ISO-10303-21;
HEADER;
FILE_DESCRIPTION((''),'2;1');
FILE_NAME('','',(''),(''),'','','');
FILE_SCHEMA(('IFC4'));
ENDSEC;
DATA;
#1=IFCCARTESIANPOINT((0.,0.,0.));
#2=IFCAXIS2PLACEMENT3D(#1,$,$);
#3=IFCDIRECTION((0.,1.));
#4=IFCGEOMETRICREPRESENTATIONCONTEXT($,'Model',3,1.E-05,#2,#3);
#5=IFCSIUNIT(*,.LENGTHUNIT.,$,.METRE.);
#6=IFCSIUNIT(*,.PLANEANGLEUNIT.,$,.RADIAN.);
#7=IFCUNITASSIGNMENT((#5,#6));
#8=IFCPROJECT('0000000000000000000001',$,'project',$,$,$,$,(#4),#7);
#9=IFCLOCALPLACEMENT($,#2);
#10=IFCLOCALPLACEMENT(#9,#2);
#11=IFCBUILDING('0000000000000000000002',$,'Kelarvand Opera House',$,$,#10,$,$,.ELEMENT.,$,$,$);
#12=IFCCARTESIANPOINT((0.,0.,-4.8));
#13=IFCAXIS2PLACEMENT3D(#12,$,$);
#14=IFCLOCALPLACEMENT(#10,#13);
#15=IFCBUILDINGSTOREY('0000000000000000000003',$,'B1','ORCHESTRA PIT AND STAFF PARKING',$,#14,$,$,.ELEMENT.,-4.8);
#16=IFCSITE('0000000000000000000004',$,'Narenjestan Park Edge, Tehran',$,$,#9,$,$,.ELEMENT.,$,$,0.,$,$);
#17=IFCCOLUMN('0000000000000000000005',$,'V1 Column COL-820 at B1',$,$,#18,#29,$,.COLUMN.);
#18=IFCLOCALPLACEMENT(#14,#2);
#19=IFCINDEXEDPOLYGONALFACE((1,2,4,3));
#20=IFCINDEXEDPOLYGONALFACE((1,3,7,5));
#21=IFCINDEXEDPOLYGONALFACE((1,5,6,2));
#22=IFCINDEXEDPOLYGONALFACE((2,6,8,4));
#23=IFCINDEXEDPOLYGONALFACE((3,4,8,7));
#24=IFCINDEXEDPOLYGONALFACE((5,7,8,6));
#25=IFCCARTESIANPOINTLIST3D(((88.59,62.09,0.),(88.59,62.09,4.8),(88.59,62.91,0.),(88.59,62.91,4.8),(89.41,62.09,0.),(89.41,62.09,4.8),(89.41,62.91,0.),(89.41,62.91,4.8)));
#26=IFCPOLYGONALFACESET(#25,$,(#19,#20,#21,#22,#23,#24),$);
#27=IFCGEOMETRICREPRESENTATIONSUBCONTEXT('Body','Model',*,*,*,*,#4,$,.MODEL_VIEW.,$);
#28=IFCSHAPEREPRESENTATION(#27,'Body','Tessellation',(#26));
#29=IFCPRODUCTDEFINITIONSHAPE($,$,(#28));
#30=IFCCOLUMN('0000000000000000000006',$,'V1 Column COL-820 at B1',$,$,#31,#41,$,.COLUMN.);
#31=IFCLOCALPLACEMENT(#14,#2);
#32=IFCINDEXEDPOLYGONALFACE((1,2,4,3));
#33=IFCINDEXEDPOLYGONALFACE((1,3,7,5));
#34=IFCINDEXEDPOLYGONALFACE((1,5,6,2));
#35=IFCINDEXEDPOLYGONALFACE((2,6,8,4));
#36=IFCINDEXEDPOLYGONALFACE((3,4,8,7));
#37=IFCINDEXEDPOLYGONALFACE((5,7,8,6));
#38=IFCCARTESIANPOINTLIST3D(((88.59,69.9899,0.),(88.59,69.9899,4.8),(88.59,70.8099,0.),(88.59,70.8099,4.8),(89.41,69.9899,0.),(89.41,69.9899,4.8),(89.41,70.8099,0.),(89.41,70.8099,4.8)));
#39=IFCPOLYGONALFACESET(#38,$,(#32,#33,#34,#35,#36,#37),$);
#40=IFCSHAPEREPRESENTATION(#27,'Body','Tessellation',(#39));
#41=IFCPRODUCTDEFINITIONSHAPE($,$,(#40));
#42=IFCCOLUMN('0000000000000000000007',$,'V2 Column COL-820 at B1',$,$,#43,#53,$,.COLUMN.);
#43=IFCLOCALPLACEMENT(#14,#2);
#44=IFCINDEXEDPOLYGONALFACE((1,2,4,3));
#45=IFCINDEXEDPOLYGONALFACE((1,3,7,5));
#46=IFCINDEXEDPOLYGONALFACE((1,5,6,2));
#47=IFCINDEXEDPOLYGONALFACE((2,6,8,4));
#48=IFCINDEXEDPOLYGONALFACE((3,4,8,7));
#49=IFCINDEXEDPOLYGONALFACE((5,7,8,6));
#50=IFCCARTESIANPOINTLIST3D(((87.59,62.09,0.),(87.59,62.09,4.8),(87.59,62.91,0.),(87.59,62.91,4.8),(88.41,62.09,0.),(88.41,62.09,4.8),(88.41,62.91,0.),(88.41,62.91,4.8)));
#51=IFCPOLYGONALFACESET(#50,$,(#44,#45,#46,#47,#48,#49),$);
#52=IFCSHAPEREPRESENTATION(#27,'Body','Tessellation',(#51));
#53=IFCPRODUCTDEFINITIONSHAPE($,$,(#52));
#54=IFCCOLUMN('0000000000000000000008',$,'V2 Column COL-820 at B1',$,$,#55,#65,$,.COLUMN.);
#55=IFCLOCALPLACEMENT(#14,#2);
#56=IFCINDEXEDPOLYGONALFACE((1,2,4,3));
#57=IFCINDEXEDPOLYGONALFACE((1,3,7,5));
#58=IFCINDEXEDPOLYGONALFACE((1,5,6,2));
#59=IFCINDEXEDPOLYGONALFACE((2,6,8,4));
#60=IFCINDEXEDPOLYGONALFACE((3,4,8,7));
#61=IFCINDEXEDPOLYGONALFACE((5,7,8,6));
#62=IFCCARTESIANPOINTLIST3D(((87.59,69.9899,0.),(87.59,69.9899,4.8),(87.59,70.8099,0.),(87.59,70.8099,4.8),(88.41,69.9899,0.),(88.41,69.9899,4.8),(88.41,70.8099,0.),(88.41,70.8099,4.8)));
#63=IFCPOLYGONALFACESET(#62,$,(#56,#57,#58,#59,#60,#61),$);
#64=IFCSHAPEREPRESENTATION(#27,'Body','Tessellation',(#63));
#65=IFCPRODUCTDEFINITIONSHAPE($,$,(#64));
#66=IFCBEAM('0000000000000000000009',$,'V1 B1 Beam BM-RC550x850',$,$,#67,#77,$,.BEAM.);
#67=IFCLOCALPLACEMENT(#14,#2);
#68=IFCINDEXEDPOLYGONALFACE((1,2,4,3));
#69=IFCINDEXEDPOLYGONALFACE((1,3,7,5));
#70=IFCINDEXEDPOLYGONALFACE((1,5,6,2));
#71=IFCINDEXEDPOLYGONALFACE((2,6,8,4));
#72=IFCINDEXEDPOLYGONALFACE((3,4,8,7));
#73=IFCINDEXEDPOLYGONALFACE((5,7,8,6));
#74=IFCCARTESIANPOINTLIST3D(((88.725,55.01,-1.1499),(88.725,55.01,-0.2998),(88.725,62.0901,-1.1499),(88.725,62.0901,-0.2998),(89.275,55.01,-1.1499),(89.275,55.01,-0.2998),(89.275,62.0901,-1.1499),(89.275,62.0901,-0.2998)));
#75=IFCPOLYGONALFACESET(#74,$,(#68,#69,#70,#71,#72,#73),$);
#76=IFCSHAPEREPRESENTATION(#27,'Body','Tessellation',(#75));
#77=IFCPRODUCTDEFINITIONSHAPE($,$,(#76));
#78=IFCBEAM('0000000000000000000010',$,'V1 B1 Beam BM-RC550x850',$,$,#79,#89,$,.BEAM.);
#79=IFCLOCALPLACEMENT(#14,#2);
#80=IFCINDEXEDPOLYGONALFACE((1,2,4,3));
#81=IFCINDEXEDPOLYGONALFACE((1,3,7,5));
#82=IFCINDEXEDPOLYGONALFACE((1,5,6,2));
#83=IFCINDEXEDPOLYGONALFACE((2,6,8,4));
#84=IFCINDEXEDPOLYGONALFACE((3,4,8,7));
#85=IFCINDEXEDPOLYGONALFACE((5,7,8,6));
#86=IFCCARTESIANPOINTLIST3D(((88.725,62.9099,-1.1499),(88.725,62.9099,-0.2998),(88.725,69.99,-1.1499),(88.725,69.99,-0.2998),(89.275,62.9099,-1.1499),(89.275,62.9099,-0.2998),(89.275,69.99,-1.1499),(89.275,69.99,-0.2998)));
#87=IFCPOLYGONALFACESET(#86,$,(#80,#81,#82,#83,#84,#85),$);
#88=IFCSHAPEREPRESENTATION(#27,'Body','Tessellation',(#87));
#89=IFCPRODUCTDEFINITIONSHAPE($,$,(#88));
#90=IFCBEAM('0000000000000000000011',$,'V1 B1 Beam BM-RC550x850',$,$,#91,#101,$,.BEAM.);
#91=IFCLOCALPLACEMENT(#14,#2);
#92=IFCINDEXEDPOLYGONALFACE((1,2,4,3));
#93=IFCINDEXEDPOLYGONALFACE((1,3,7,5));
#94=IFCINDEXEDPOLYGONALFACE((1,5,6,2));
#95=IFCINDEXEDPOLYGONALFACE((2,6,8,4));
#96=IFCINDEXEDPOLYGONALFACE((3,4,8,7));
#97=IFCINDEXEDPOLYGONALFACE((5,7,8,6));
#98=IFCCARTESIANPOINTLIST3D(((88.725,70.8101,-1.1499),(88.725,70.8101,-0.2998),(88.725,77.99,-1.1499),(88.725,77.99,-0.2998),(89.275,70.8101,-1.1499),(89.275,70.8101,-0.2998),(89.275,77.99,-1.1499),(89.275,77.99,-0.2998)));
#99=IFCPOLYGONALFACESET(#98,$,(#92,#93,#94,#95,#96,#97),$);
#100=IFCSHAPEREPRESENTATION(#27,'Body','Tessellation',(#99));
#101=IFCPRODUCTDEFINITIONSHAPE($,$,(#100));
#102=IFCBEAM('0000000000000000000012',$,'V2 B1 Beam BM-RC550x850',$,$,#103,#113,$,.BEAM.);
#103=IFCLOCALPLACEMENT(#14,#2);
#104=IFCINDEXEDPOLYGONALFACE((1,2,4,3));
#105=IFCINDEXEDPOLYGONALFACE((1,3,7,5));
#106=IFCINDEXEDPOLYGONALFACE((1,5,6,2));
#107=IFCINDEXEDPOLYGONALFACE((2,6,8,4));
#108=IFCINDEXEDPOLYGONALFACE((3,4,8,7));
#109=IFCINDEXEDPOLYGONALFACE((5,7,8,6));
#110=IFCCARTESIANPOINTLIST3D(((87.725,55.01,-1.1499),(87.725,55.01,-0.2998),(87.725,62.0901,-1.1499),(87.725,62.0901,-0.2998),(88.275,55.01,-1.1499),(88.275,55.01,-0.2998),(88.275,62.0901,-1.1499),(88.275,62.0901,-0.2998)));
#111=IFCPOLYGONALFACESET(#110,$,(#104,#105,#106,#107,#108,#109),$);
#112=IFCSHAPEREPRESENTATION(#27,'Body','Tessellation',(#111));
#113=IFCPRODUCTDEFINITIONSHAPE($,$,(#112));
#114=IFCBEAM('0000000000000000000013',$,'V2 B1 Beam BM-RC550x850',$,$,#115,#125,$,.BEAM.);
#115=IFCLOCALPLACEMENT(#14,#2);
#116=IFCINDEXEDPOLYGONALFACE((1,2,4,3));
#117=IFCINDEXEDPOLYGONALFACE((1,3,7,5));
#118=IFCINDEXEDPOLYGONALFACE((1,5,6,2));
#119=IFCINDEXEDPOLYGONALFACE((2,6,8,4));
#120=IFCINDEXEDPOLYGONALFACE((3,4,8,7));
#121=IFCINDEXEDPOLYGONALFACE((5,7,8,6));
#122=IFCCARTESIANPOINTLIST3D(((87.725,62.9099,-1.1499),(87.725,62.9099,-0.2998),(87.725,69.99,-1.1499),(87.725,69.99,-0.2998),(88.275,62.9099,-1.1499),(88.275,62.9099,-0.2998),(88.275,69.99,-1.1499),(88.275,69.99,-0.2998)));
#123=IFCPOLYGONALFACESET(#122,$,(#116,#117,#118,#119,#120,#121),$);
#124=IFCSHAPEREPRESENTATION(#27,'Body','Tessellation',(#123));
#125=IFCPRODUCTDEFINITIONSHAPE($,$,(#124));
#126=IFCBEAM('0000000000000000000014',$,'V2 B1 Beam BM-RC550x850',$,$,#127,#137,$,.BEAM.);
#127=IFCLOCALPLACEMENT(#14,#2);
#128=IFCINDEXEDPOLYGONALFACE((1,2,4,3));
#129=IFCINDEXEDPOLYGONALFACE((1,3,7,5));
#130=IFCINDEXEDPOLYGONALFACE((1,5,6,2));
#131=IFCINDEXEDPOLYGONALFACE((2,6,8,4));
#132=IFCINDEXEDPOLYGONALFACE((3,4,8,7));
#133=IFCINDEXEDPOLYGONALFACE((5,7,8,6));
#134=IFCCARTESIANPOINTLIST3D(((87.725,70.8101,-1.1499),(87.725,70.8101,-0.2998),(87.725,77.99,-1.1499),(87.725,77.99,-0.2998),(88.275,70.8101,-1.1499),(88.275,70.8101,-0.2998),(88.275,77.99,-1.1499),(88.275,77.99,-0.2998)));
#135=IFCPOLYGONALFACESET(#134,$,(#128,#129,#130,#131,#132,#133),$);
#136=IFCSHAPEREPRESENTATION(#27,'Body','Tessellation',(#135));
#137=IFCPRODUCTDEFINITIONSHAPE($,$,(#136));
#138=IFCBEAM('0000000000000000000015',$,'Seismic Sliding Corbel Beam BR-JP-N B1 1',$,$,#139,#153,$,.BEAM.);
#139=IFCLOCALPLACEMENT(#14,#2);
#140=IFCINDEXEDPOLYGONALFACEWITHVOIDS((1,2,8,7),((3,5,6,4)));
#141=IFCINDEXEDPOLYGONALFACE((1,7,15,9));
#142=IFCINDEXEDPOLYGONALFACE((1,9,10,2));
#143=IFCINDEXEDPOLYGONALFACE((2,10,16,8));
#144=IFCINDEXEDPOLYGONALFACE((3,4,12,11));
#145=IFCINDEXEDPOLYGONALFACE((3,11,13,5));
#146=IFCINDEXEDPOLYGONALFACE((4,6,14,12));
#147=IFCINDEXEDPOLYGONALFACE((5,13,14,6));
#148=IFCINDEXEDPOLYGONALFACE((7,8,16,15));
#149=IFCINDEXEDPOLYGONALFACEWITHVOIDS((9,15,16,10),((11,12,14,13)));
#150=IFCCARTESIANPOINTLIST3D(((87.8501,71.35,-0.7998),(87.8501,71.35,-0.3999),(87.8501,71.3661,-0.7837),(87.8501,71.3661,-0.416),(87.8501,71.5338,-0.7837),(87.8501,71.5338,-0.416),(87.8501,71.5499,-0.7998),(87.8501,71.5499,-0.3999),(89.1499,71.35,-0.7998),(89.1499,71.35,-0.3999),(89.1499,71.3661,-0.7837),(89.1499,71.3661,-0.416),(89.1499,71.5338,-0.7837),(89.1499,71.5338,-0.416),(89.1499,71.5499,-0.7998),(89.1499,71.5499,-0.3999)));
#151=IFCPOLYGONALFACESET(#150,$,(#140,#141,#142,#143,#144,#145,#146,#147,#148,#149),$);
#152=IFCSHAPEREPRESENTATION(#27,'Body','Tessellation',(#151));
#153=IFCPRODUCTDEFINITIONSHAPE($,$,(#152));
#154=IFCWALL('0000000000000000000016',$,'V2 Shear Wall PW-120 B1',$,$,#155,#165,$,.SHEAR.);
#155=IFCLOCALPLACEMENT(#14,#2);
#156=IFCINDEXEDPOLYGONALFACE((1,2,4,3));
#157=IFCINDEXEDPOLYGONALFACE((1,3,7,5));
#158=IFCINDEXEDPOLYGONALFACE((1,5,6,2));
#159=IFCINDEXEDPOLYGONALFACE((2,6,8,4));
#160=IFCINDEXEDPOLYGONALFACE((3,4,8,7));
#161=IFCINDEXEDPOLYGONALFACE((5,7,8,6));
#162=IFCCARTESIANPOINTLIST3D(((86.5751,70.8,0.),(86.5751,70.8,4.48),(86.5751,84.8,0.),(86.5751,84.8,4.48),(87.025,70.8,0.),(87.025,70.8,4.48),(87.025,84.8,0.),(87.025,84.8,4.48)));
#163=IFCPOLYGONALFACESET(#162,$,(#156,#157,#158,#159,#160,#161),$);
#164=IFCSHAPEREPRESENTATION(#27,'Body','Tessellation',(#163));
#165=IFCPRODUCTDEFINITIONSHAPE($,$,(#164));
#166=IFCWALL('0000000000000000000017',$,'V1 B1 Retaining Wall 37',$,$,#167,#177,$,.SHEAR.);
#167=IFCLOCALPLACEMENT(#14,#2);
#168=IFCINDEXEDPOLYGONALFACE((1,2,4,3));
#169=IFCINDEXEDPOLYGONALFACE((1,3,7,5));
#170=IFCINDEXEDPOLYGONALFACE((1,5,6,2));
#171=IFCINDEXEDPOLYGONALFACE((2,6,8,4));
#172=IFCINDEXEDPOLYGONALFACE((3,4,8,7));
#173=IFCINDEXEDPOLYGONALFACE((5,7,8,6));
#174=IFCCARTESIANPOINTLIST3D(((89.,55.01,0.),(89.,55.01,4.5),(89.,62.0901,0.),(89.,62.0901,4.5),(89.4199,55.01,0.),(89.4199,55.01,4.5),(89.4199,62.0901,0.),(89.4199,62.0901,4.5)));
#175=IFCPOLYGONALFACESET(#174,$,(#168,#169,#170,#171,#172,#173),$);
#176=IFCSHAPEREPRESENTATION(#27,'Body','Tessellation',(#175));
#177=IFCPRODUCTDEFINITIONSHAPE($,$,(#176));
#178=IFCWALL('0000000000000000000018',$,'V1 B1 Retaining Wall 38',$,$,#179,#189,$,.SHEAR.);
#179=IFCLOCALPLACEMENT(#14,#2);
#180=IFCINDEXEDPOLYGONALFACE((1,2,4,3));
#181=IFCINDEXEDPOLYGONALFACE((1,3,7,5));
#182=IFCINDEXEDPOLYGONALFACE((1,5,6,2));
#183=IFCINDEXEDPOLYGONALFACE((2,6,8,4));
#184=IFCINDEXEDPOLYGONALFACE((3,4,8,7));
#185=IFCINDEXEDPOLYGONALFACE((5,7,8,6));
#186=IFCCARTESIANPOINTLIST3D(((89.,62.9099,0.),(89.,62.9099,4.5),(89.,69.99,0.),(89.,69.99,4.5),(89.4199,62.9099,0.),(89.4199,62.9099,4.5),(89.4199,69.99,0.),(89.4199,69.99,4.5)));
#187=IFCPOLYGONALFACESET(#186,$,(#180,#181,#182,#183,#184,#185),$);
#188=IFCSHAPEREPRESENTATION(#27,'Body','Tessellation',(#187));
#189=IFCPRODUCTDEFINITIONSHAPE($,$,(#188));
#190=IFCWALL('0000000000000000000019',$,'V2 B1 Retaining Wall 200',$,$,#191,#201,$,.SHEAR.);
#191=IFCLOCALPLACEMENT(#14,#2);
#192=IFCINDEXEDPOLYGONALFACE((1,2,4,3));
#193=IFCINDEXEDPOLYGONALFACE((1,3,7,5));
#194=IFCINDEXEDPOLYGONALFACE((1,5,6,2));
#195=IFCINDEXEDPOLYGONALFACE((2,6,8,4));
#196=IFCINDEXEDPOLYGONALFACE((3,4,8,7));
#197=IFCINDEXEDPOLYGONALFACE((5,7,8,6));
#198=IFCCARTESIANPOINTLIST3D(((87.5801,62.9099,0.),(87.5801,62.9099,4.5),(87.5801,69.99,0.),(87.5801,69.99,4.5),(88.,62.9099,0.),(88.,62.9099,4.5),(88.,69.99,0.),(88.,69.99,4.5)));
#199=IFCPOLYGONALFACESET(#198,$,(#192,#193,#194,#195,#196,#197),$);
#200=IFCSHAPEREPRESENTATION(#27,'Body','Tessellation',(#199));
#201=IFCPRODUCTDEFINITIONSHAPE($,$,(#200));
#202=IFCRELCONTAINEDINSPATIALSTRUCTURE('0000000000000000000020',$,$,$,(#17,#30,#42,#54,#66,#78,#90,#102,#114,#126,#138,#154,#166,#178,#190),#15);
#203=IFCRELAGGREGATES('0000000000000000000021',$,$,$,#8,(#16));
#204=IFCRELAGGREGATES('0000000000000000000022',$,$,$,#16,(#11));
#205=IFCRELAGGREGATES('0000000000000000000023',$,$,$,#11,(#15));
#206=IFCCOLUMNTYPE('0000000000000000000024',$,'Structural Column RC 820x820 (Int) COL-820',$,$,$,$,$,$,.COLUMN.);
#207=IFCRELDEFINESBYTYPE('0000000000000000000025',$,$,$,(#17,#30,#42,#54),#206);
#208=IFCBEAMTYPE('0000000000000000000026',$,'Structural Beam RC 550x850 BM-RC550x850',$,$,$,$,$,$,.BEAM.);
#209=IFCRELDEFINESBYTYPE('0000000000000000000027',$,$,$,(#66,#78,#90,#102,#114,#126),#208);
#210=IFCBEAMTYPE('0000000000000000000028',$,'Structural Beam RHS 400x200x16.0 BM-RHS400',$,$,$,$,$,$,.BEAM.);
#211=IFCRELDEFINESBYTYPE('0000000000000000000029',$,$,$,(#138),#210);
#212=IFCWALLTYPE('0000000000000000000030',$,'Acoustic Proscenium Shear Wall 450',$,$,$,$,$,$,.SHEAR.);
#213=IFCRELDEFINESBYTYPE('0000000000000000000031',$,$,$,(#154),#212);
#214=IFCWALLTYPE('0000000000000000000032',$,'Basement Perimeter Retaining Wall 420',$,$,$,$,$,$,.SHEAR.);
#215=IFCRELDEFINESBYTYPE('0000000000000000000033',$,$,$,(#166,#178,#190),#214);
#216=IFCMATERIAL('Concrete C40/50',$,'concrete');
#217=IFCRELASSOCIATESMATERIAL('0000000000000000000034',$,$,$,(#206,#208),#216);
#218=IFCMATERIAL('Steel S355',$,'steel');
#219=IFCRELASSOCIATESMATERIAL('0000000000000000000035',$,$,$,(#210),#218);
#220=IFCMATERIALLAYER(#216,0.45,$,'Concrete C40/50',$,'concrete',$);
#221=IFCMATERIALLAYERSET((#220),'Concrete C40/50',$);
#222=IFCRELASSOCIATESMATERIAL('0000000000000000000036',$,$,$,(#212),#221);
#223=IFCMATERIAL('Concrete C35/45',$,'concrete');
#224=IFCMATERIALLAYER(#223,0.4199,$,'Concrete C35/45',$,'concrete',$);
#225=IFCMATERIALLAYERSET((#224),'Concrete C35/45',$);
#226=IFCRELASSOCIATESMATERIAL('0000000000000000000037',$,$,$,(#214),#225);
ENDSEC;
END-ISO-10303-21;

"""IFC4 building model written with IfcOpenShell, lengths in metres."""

from ifc_helpers import new_model, si_unit, direction, frame, frame_2d, origin, origin_2d, place, context, subcontext, project, spatial, rectangle, hollow_rectangle, extrude, material, layer, layer_set, material_profile, profile_set, type_object, element, save


model = new_model("IFC4")

# Units and contexts
model_context = context("Model", 3, precision=1e-05, world=origin(), true_north=direction((0.0, 1.0)))
body_context = subcontext(model_context, "Body", "Model", "MODEL_VIEW")
ifc_project = project(units=[si_unit("LENGTHUNIT", "METRE"), si_unit("PLANEANGLEUNIT", "RADIAN")], contexts=[model_context])

# Site, building, storey
site_placement = place(None, origin())
site = spatial("IfcSite", under=ifc_project, at=site_placement, Name="Narenjestan Park Edge, Tehran", CompositionType="ELEMENT", RefElevation=0.0)
building_placement = place(site_placement, origin())
building = spatial("IfcBuilding", under=site, at=building_placement, Name="Kelarvand Opera House", CompositionType="ELEMENT")
storey_placement = place(building_placement, frame((0.0, 0.0, -4.8)))
storey = spatial("IfcBuildingStorey", under=building, at=storey_placement, Name="B1", Description="ORCHESTRA PIT AND STAFF PARKING", CompositionType="ELEMENT", Elevation=-4.8)

# Columns
ifc_material_1 = material(Name="Concrete C40/50", Category="concrete")
ifc_material_profile_1 = material_profile(ifc_material_1, rectangle(XDim=0.8201, YDim=0.8201, at=origin_2d()), Name="RC 820x820", Category="concrete")
ifc_profile_set_1 = profile_set([ifc_material_profile_1], Name="Concrete C40/50")
column_type = type_object("IfcColumnType", Name="Structural Column RC 820x820 (Int) COL-820", PredefinedType="COLUMN", material=ifc_profile_set_1)
for number, where, z_axis, x_axis, name in (
    (1, (89.0, 62.5, 0.0), (0.0, 0.0, 1.0), (1.0, 0.0, 0.0), "V1 Column COL-820 at B1"),
    (2, (89.0, 70.3999, 0.0), (0.0, 0.0, 1.0), (1.0, 0.0, 0.0), "V1 Column COL-820 at B1"),
    (3, (88.0, 62.5, 0.0), (0.0, 0.0, 1.0), (1.0, 0.0, 0.0), "V2 Column COL-820 at B1"),
    (4, (88.0, 70.3999, 0.0), (0.0, 0.0, 1.0), (1.0, 0.0, 0.0), "V2 Column COL-820 at B1"),
):
    element("IfcColumn", number, at=place(storey_placement, frame(where, z_axis=z_axis, x_axis=x_axis)), inside=storey, type_object=column_type, Name=name, PredefinedType="COLUMN", context=body_context, shape_type="SweptSolid", body=[
        extrude(rectangle(XDim=0.8201, YDim=0.8201, at=origin_2d()), origin(), (0.0, 0.0, 1.0), 4.8),
    ])

# Beams
ifc_material_profile_2 = material_profile(ifc_material_1, rectangle(XDim=0.55, YDim=0.8501, at=origin_2d()), Name="RC 550x850", Category="concrete")
ifc_profile_set_2 = profile_set([ifc_material_profile_2], Name="Concrete C40/50")
beam_type_1 = type_object("IfcBeamType", Name="Structural Beam RC 550x850 BM-RC550x850", PredefinedType="BEAM", material=ifc_profile_set_2)
for number, where, z_axis, x_axis, name in (
    (5, (89.0, 55.01, -0.7249), (0.0, 1.0, 0.0), (-1.0, 0.0, 0.0), "V1 B1 Beam BM-RC550x850"),
    (6, (89.0, 62.9099, -0.7249), (0.0, 1.0, 0.0), (-1.0, 0.0, 0.0), "V1 B1 Beam BM-RC550x850"),
):
    element("IfcBeam", number, at=place(storey_placement, frame(where, z_axis=z_axis, x_axis=x_axis)), inside=storey, type_object=beam_type_1, Name=name, PredefinedType="BEAM", context=body_context, shape_type="SweptSolid", body=[
        extrude(rectangle(XDim=0.55, YDim=0.8501, at=origin_2d()), origin(), (0.0, 0.0, 1.0), 7.0801),
    ])
beam_1_placement = place(storey_placement, frame((89.0, 70.8101, -0.7249), z_axis=(0.0, 1.0, 0.0), x_axis=(-1.0, 0.0, 0.0)))
element("IfcBeam", 7, at=beam_1_placement, inside=storey, type_object=beam_type_1, Name="V1 B1 Beam BM-RC550x850", PredefinedType="BEAM", context=body_context, shape_type="SweptSolid", body=[
    extrude(rectangle(XDim=0.55, YDim=0.8501, at=origin_2d()), origin(), (0.0, 0.0, 1.0), 7.1799),
])
for number, where, z_axis, x_axis, name in (
    (8, (88.0, 55.01, -0.7249), (0.0, 1.0, 0.0), (-1.0, 0.0, 0.0), "V2 B1 Beam BM-RC550x850"),
    (9, (88.0, 62.9099, -0.7249), (0.0, 1.0, 0.0), (-1.0, 0.0, 0.0), "V2 B1 Beam BM-RC550x850"),
):
    element("IfcBeam", number, at=place(storey_placement, frame(where, z_axis=z_axis, x_axis=x_axis)), inside=storey, type_object=beam_type_1, Name=name, PredefinedType="BEAM", context=body_context, shape_type="SweptSolid", body=[
        extrude(rectangle(XDim=0.55, YDim=0.8501, at=origin_2d()), origin(), (0.0, 0.0, 1.0), 7.0801),
    ])
beam_2_placement = place(storey_placement, frame((88.0, 70.8101, -0.7249), z_axis=(0.0, 1.0, 0.0), x_axis=(-1.0, 0.0, 0.0)))
element("IfcBeam", 10, at=beam_2_placement, inside=storey, type_object=beam_type_1, Name="V2 B1 Beam BM-RC550x850", PredefinedType="BEAM", context=body_context, shape_type="SweptSolid", body=[
    extrude(rectangle(XDim=0.55, YDim=0.8501, at=origin_2d()), origin(), (0.0, 0.0, 1.0), 7.1799),
])
ifc_material_2 = material(Name="Steel S355", Category="steel")
ifc_material_profile_3 = material_profile(ifc_material_2, hollow_rectangle(XDim=0.2, YDim=0.3999, WallThickness=0.0161, at=origin_2d()), Name="RHS 400x200x16.0", Category="steel")
ifc_profile_set_3 = profile_set([ifc_material_profile_3], Name="Steel S355")
beam_type_2 = type_object("IfcBeamType", Name="Structural Beam RHS 400x200x16.0 BM-RHS400", PredefinedType="BEAM", material=ifc_profile_set_3)
beam_3_placement = place(storey_placement, frame((87.8501, 71.45, -0.5999), z_axis=(1.0, 0.0, 0.0), x_axis=(0.0, 1.0, 0.0)))
element("IfcBeam", 11, at=beam_3_placement, inside=storey, type_object=beam_type_2, Name="Seismic Sliding Corbel Beam BR-JP-N B1 1", PredefinedType="BEAM", context=body_context, shape_type="SweptSolid", body=[
    extrude(hollow_rectangle(XDim=0.2, YDim=0.3999, WallThickness=0.0161, at=origin_2d()), origin(), (0.0, 0.0, 1.0), 1.2998),
])

# Walls
ifc_layer_1 = layer(ifc_material_1, 0.45, Name="Concrete C40/50", Category="concrete")
ifc_layer_set_1 = layer_set([ifc_layer_1], Name="Concrete C40/50")
wall_type_1 = type_object("IfcWallType", Name="Acoustic Proscenium Shear Wall 450", PredefinedType="SHEAR", material=ifc_layer_set_1)
wall_1_placement = place(storey_placement, frame((86.8, 70.8, 0.0), z_axis=(0.0, 0.0, 1.0), x_axis=(0.0, 1.0, 0.0)))
element("IfcWall", 12, at=wall_1_placement, inside=storey, type_object=wall_type_1, Name="V2 Shear Wall PW-120 B1", PredefinedType="SHEAR", context=body_context, shape_type="SweptSolid", body=[
    extrude(rectangle(XDim=14.0, YDim=0.45, at=frame_2d((7.0, 0.0))), origin(), (0.0, 0.0, 1.0), 4.48),
])
ifc_material_3 = material(Name="Concrete C35/45", Category="concrete")
ifc_layer_2 = layer(ifc_material_3, 0.4199, Name="Concrete C35/45", Category="concrete")
ifc_layer_set_2 = layer_set([ifc_layer_2], Name="Concrete C35/45")
wall_type_2 = type_object("IfcWallType", Name="Basement Perimeter Retaining Wall 420", PredefinedType="SHEAR", material=ifc_layer_set_2)
for number, where, z_axis, x_axis, name in (
    (13, (89.21, 55.01, 0.0), (0.0, 0.0, 1.0), (0.0, 1.0, 0.0), "V1 B1 Retaining Wall 37"),
    (14, (89.21, 62.9099, 0.0), (0.0, 0.0, 1.0), (0.0, 1.0, 0.0), "V1 B1 Retaining Wall 38"),
):
    element("IfcWall", number, at=place(storey_placement, frame(where, z_axis=z_axis, x_axis=x_axis)), inside=storey, type_object=wall_type_2, Name=name, PredefinedType="SHEAR", context=body_context, shape_type="SweptSolid", body=[
        extrude(rectangle(XDim=7.0801, YDim=0.4199, at=frame_2d((3.54, 0.0))), origin(), (0.0, 0.0, 1.0), 4.5),
    ])
for number, where, z_axis, x_axis, name in (
    (15, (87.79, 69.99, 0.0), (0.0, 0.0, 1.0), (0.0, -1.0, 0.0), "V2 B1 Retaining Wall 200"),
):
    element("IfcWall", number, at=place(storey_placement, frame(where, z_axis=z_axis, x_axis=x_axis)), inside=storey, type_object=wall_type_2, Name=name, PredefinedType="SHEAR", context=body_context, shape_type="SweptSolid", body=[
        extrude(rectangle(XDim=7.0801, YDim=0.4199, at=frame_2d((3.54, 0.0))), origin(), (0.0, 0.0, 1.0), 4.5),
    ])

save(model, "model.ifc")
